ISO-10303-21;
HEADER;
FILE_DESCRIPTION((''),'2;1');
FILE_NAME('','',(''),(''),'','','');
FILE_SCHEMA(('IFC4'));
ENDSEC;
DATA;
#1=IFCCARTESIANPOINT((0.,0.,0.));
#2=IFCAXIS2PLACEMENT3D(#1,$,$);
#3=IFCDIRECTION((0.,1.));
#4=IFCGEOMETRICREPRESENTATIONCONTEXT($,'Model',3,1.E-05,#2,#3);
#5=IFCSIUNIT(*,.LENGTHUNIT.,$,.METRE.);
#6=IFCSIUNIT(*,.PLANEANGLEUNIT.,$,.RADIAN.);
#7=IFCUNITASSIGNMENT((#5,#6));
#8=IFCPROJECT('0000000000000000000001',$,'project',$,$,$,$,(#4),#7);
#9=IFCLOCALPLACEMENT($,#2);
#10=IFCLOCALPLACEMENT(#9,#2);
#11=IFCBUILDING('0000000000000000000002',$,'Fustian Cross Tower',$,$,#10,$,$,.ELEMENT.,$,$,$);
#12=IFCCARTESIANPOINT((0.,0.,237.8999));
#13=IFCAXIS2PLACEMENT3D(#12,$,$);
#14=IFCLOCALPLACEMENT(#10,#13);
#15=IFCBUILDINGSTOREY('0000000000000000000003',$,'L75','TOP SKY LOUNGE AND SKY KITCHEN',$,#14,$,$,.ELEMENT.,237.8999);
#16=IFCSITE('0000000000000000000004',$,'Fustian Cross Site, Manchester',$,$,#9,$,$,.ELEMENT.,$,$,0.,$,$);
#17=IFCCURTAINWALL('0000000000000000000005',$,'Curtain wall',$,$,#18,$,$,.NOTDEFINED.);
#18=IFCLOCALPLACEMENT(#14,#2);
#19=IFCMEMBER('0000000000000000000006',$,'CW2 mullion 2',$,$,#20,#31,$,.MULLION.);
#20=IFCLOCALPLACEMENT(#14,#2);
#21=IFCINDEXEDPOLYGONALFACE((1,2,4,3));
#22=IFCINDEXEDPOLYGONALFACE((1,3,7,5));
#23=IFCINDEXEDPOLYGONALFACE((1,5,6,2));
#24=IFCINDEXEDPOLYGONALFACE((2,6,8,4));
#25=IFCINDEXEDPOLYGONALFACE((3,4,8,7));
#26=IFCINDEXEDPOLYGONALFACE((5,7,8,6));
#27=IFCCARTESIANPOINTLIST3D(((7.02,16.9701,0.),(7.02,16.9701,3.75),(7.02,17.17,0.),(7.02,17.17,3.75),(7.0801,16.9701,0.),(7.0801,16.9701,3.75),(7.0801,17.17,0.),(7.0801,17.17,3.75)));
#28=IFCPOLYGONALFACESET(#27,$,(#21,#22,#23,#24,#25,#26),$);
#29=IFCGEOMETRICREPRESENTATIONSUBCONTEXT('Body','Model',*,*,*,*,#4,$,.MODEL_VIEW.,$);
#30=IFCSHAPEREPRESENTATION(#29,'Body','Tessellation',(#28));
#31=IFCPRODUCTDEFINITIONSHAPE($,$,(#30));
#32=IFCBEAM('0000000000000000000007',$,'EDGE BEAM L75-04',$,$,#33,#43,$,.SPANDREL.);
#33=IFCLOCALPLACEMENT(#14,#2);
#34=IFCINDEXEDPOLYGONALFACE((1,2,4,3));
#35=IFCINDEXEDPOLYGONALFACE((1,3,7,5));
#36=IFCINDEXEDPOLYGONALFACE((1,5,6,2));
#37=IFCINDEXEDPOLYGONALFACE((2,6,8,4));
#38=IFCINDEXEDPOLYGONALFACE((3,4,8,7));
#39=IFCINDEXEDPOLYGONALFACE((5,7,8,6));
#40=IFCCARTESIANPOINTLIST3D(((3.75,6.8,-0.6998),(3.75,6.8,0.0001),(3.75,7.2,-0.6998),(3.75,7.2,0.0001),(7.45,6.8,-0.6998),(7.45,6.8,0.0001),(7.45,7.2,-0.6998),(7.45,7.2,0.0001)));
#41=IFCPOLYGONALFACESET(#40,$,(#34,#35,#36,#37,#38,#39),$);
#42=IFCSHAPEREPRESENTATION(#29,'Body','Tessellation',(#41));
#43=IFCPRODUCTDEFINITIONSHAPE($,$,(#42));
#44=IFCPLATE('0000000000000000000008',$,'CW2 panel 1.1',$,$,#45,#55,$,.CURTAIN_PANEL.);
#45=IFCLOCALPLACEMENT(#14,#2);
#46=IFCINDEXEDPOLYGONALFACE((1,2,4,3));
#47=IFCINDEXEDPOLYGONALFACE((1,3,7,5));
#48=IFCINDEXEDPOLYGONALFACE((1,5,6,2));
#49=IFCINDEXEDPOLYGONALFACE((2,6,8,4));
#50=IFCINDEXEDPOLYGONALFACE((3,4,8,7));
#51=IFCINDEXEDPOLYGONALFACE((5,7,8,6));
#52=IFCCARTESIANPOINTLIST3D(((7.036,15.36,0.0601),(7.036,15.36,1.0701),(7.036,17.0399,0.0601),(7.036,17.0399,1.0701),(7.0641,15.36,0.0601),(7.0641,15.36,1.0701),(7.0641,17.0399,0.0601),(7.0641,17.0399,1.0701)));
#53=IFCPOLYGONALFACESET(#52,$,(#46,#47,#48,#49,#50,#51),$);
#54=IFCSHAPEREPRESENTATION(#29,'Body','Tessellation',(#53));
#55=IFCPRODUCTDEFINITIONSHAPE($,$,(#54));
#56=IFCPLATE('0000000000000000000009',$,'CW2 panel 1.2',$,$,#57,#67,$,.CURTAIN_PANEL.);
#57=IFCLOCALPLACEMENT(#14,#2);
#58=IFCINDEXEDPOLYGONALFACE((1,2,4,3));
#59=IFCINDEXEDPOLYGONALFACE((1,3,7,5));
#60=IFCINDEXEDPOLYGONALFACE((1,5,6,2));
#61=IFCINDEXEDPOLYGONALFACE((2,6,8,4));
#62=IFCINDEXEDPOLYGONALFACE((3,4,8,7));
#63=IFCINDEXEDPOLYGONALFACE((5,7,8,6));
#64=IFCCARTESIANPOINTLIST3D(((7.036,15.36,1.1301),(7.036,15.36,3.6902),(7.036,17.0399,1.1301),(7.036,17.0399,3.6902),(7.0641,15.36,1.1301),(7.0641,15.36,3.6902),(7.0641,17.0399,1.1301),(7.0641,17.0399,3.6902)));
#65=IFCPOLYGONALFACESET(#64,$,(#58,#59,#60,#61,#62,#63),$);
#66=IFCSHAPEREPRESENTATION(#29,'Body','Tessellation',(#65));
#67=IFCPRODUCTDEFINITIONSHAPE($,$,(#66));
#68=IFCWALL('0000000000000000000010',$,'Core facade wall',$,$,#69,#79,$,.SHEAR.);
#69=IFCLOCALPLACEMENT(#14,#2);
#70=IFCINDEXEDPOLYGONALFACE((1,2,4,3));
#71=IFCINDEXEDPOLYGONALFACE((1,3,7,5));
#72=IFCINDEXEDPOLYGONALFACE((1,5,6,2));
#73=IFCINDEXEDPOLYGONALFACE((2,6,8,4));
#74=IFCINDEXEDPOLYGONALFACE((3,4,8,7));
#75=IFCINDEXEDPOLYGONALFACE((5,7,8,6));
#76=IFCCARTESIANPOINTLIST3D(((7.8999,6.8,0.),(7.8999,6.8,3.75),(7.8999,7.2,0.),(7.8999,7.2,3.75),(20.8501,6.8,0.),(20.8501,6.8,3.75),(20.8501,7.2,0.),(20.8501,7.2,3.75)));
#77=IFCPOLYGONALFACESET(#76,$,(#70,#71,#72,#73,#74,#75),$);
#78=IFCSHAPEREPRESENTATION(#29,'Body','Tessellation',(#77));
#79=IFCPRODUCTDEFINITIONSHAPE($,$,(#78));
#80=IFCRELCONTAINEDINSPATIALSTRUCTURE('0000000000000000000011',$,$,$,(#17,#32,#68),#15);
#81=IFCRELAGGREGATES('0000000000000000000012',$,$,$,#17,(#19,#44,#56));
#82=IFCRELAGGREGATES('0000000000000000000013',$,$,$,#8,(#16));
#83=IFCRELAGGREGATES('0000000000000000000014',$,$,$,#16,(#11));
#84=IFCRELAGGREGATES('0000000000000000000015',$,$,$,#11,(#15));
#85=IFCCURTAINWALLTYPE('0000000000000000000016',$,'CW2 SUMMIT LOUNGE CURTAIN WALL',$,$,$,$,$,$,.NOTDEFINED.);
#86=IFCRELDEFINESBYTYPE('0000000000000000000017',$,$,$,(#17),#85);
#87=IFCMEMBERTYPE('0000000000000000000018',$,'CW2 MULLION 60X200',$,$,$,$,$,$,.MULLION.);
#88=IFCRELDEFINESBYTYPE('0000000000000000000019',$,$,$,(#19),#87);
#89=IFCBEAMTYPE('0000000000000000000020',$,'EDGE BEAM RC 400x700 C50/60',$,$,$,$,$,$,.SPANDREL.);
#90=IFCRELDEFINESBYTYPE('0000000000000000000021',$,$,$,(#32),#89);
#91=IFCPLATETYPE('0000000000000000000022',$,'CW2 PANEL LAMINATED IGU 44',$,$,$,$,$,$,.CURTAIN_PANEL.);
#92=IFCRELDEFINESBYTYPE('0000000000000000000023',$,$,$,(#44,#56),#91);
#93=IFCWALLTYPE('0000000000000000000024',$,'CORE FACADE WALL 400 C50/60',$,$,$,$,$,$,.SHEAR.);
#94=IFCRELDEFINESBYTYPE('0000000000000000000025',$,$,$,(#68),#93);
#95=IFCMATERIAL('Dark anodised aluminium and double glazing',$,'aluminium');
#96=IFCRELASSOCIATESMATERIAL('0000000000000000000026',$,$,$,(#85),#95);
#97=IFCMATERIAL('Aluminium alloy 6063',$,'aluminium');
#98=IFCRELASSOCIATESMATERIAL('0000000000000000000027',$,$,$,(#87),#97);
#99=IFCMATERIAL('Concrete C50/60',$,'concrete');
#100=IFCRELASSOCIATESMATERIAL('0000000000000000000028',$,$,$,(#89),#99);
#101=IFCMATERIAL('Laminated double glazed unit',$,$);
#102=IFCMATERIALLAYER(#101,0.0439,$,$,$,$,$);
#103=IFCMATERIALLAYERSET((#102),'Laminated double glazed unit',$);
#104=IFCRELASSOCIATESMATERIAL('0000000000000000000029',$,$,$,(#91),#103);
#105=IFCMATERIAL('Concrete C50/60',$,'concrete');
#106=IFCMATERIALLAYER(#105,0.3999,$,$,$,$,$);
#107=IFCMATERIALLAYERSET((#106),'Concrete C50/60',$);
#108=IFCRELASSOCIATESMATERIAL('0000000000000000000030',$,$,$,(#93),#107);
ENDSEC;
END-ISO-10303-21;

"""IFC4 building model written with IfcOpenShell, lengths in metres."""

from ifc_helpers import new_model, si_unit, direction, frame, frame_2d, origin, origin_2d, place, context, subcontext, project, spatial, rectangle, extrude, material, layer, layer_set, material_profile, profile_set, type_object, element, aggregate, save


model = new_model("IFC4")

# Units and contexts
model_context = context("Model", 3, precision=1e-05, world=origin(), true_north=direction((0.0, 1.0)))
body_context = subcontext(model_context, "Body", "Model", "MODEL_VIEW")
ifc_project = project(units=[si_unit("LENGTHUNIT", "METRE"), si_unit("PLANEANGLEUNIT", "RADIAN")], contexts=[model_context])

# Site, building, storey
site_placement = place(None, origin())
site = spatial("IfcSite", under=ifc_project, at=site_placement, Name="Fustian Cross Site, Manchester", CompositionType="ELEMENT", RefElevation=0.0)
building_placement = place(site_placement, origin())
building = spatial("IfcBuilding", under=site, at=building_placement, Name="Fustian Cross Tower", CompositionType="ELEMENT")
storey_placement = place(building_placement, frame((0.0, 0.0, 237.8999)))
storey = spatial("IfcBuildingStorey", under=building, at=storey_placement, Name="L75", Description="TOP SKY LOUNGE AND SKY KITCHEN", CompositionType="ELEMENT", Elevation=237.8999)

# Curtain wall, member
ifc_material_1 = material(Name="Dark anodised aluminium and double glazing", Category="aluminium")
curtain_wall_type = type_object("IfcCurtainWallType", Name="CW2 SUMMIT LOUNGE CURTAIN WALL", PredefinedType="NOTDEFINED", material=ifc_material_1)
curtain_wall_placement = place(storey_placement, origin())
curtain_wall = element("IfcCurtainWall", 1, at=curtain_wall_placement, inside=storey, type_object=curtain_wall_type, Name="Curtain wall", PredefinedType="NOTDEFINED")
ifc_material_2 = material(Name="Aluminium alloy 6063", Category="aluminium")
ifc_material_profile_1 = material_profile(ifc_material_2, rectangle(XDim=0.0601, YDim=0.2, at=origin_2d()), Name="CW2 MULLION 60X200")
ifc_profile_set_1 = profile_set([ifc_material_profile_1], Name="Aluminium alloy 6063")
member_type = type_object("IfcMemberType", Name="CW2 MULLION 60X200", PredefinedType="MULLION", material=ifc_profile_set_1)
member_placement = place(storey_placement, frame((7.05, 17.0701, 0.0), z_axis=(0.0, 0.0, 1.0), x_axis=(-1.0, 0.0, 0.0)))
member = element("IfcMember", 2, at=member_placement, type_object=member_type, Name="CW2 mullion 2", PredefinedType="MULLION", context=body_context, shape_type="SweptSolid", body=[
    extrude(rectangle(XDim=0.0601, YDim=0.2, at=origin_2d()), origin(), (0.0, 0.0, 1.0), 3.75),
])

# Beam
ifc_material_3 = material(Name="Concrete C50/60", Category="concrete")
ifc_material_profile_2 = material_profile(ifc_material_3, rectangle(XDim=0.3999, YDim=0.7, at=origin_2d()), Name="RC 400x700")
ifc_profile_set_2 = profile_set([ifc_material_profile_2], Name="Concrete C50/60")
beam_type = type_object("IfcBeamType", Name="EDGE BEAM RC 400x700 C50/60", PredefinedType="SPANDREL", material=ifc_profile_set_2)
beam_placement = place(storey_placement, frame((7.45, 7.0, -0.3499), z_axis=(-1.0, 0.0, 0.0), x_axis=(0.0, -1.0, 0.0)))
element("IfcBeam", 3, at=beam_placement, inside=storey, type_object=beam_type, Name="EDGE BEAM L75-04", PredefinedType="SPANDREL", context=body_context, shape_type="SweptSolid", body=[
    extrude(rectangle(XDim=0.3999, YDim=0.7, at=origin_2d()), origin(), (0.0, 0.0, 1.0), 3.7),
])

# Plates
ifc_material_4 = material(Name="Laminated double glazed unit")
ifc_layer_1 = layer(ifc_material_4, 0.0439)
ifc_layer_set_1 = layer_set([ifc_layer_1], Name="Laminated double glazed unit")
plate_type = type_object("IfcPlateType", Name="CW2 PANEL LAMINATED IGU 44", PredefinedType="CURTAIN_PANEL", material=ifc_layer_set_1)
plate_1_placement = place(storey_placement, frame((7.05, 16.2, 0.0601), z_axis=(0.0, 0.0, 1.0), x_axis=(0.0, 1.0, 0.0)))
plate_1 = element("IfcPlate", 4, at=plate_1_placement, type_object=plate_type, Name="CW2 panel 1.1", PredefinedType="CURTAIN_PANEL", context=body_context, shape_type="SweptSolid", body=[
    extrude(rectangle(XDim=1.6799, YDim=0.0281, at=origin_2d()), origin(), (0.0, 0.0, 1.0), 1.01),
])
plate_2_placement = place(storey_placement, frame((7.05, 16.2, 1.1301), z_axis=(0.0, 0.0, 1.0), x_axis=(0.0, 1.0, 0.0)))
plate_2 = element("IfcPlate", 5, at=plate_2_placement, type_object=plate_type, Name="CW2 panel 1.2", PredefinedType="CURTAIN_PANEL", context=body_context, shape_type="SweptSolid", body=[
    extrude(rectangle(XDim=1.6799, YDim=0.0281, at=origin_2d()), origin(), (0.0, 0.0, 1.0), 2.5601),
])
aggregate(curtain_wall, [member, plate_1, plate_2])

# Wall
ifc_material_5 = material(Name="Concrete C50/60", Category="concrete")
ifc_layer_2 = layer(ifc_material_5, 0.3999)
ifc_layer_set_2 = layer_set([ifc_layer_2], Name="Concrete C50/60")
wall_type_1 = type_object("IfcWallType", Name="CORE FACADE WALL 400 C50/60", PredefinedType="SHEAR", material=ifc_layer_set_2)
wall_1_placement = place(storey_placement, frame((7.8999, 7.0, 0.0), z_axis=(0.0, 0.0, 1.0), x_axis=(1.0, 0.0, 0.0)))
element("IfcWall", 6, at=wall_1_placement, inside=storey, type_object=wall_type_1, Name="Core facade wall", PredefinedType="SHEAR", context=body_context, shape_type="SweptSolid", body=[
    extrude(rectangle(XDim=12.9502, YDim=0.3999, at=frame_2d((6.4751, 0.0))), origin(), (0.0, 0.0, 1.0), 3.75),
])

save(model, "model.ifc")
